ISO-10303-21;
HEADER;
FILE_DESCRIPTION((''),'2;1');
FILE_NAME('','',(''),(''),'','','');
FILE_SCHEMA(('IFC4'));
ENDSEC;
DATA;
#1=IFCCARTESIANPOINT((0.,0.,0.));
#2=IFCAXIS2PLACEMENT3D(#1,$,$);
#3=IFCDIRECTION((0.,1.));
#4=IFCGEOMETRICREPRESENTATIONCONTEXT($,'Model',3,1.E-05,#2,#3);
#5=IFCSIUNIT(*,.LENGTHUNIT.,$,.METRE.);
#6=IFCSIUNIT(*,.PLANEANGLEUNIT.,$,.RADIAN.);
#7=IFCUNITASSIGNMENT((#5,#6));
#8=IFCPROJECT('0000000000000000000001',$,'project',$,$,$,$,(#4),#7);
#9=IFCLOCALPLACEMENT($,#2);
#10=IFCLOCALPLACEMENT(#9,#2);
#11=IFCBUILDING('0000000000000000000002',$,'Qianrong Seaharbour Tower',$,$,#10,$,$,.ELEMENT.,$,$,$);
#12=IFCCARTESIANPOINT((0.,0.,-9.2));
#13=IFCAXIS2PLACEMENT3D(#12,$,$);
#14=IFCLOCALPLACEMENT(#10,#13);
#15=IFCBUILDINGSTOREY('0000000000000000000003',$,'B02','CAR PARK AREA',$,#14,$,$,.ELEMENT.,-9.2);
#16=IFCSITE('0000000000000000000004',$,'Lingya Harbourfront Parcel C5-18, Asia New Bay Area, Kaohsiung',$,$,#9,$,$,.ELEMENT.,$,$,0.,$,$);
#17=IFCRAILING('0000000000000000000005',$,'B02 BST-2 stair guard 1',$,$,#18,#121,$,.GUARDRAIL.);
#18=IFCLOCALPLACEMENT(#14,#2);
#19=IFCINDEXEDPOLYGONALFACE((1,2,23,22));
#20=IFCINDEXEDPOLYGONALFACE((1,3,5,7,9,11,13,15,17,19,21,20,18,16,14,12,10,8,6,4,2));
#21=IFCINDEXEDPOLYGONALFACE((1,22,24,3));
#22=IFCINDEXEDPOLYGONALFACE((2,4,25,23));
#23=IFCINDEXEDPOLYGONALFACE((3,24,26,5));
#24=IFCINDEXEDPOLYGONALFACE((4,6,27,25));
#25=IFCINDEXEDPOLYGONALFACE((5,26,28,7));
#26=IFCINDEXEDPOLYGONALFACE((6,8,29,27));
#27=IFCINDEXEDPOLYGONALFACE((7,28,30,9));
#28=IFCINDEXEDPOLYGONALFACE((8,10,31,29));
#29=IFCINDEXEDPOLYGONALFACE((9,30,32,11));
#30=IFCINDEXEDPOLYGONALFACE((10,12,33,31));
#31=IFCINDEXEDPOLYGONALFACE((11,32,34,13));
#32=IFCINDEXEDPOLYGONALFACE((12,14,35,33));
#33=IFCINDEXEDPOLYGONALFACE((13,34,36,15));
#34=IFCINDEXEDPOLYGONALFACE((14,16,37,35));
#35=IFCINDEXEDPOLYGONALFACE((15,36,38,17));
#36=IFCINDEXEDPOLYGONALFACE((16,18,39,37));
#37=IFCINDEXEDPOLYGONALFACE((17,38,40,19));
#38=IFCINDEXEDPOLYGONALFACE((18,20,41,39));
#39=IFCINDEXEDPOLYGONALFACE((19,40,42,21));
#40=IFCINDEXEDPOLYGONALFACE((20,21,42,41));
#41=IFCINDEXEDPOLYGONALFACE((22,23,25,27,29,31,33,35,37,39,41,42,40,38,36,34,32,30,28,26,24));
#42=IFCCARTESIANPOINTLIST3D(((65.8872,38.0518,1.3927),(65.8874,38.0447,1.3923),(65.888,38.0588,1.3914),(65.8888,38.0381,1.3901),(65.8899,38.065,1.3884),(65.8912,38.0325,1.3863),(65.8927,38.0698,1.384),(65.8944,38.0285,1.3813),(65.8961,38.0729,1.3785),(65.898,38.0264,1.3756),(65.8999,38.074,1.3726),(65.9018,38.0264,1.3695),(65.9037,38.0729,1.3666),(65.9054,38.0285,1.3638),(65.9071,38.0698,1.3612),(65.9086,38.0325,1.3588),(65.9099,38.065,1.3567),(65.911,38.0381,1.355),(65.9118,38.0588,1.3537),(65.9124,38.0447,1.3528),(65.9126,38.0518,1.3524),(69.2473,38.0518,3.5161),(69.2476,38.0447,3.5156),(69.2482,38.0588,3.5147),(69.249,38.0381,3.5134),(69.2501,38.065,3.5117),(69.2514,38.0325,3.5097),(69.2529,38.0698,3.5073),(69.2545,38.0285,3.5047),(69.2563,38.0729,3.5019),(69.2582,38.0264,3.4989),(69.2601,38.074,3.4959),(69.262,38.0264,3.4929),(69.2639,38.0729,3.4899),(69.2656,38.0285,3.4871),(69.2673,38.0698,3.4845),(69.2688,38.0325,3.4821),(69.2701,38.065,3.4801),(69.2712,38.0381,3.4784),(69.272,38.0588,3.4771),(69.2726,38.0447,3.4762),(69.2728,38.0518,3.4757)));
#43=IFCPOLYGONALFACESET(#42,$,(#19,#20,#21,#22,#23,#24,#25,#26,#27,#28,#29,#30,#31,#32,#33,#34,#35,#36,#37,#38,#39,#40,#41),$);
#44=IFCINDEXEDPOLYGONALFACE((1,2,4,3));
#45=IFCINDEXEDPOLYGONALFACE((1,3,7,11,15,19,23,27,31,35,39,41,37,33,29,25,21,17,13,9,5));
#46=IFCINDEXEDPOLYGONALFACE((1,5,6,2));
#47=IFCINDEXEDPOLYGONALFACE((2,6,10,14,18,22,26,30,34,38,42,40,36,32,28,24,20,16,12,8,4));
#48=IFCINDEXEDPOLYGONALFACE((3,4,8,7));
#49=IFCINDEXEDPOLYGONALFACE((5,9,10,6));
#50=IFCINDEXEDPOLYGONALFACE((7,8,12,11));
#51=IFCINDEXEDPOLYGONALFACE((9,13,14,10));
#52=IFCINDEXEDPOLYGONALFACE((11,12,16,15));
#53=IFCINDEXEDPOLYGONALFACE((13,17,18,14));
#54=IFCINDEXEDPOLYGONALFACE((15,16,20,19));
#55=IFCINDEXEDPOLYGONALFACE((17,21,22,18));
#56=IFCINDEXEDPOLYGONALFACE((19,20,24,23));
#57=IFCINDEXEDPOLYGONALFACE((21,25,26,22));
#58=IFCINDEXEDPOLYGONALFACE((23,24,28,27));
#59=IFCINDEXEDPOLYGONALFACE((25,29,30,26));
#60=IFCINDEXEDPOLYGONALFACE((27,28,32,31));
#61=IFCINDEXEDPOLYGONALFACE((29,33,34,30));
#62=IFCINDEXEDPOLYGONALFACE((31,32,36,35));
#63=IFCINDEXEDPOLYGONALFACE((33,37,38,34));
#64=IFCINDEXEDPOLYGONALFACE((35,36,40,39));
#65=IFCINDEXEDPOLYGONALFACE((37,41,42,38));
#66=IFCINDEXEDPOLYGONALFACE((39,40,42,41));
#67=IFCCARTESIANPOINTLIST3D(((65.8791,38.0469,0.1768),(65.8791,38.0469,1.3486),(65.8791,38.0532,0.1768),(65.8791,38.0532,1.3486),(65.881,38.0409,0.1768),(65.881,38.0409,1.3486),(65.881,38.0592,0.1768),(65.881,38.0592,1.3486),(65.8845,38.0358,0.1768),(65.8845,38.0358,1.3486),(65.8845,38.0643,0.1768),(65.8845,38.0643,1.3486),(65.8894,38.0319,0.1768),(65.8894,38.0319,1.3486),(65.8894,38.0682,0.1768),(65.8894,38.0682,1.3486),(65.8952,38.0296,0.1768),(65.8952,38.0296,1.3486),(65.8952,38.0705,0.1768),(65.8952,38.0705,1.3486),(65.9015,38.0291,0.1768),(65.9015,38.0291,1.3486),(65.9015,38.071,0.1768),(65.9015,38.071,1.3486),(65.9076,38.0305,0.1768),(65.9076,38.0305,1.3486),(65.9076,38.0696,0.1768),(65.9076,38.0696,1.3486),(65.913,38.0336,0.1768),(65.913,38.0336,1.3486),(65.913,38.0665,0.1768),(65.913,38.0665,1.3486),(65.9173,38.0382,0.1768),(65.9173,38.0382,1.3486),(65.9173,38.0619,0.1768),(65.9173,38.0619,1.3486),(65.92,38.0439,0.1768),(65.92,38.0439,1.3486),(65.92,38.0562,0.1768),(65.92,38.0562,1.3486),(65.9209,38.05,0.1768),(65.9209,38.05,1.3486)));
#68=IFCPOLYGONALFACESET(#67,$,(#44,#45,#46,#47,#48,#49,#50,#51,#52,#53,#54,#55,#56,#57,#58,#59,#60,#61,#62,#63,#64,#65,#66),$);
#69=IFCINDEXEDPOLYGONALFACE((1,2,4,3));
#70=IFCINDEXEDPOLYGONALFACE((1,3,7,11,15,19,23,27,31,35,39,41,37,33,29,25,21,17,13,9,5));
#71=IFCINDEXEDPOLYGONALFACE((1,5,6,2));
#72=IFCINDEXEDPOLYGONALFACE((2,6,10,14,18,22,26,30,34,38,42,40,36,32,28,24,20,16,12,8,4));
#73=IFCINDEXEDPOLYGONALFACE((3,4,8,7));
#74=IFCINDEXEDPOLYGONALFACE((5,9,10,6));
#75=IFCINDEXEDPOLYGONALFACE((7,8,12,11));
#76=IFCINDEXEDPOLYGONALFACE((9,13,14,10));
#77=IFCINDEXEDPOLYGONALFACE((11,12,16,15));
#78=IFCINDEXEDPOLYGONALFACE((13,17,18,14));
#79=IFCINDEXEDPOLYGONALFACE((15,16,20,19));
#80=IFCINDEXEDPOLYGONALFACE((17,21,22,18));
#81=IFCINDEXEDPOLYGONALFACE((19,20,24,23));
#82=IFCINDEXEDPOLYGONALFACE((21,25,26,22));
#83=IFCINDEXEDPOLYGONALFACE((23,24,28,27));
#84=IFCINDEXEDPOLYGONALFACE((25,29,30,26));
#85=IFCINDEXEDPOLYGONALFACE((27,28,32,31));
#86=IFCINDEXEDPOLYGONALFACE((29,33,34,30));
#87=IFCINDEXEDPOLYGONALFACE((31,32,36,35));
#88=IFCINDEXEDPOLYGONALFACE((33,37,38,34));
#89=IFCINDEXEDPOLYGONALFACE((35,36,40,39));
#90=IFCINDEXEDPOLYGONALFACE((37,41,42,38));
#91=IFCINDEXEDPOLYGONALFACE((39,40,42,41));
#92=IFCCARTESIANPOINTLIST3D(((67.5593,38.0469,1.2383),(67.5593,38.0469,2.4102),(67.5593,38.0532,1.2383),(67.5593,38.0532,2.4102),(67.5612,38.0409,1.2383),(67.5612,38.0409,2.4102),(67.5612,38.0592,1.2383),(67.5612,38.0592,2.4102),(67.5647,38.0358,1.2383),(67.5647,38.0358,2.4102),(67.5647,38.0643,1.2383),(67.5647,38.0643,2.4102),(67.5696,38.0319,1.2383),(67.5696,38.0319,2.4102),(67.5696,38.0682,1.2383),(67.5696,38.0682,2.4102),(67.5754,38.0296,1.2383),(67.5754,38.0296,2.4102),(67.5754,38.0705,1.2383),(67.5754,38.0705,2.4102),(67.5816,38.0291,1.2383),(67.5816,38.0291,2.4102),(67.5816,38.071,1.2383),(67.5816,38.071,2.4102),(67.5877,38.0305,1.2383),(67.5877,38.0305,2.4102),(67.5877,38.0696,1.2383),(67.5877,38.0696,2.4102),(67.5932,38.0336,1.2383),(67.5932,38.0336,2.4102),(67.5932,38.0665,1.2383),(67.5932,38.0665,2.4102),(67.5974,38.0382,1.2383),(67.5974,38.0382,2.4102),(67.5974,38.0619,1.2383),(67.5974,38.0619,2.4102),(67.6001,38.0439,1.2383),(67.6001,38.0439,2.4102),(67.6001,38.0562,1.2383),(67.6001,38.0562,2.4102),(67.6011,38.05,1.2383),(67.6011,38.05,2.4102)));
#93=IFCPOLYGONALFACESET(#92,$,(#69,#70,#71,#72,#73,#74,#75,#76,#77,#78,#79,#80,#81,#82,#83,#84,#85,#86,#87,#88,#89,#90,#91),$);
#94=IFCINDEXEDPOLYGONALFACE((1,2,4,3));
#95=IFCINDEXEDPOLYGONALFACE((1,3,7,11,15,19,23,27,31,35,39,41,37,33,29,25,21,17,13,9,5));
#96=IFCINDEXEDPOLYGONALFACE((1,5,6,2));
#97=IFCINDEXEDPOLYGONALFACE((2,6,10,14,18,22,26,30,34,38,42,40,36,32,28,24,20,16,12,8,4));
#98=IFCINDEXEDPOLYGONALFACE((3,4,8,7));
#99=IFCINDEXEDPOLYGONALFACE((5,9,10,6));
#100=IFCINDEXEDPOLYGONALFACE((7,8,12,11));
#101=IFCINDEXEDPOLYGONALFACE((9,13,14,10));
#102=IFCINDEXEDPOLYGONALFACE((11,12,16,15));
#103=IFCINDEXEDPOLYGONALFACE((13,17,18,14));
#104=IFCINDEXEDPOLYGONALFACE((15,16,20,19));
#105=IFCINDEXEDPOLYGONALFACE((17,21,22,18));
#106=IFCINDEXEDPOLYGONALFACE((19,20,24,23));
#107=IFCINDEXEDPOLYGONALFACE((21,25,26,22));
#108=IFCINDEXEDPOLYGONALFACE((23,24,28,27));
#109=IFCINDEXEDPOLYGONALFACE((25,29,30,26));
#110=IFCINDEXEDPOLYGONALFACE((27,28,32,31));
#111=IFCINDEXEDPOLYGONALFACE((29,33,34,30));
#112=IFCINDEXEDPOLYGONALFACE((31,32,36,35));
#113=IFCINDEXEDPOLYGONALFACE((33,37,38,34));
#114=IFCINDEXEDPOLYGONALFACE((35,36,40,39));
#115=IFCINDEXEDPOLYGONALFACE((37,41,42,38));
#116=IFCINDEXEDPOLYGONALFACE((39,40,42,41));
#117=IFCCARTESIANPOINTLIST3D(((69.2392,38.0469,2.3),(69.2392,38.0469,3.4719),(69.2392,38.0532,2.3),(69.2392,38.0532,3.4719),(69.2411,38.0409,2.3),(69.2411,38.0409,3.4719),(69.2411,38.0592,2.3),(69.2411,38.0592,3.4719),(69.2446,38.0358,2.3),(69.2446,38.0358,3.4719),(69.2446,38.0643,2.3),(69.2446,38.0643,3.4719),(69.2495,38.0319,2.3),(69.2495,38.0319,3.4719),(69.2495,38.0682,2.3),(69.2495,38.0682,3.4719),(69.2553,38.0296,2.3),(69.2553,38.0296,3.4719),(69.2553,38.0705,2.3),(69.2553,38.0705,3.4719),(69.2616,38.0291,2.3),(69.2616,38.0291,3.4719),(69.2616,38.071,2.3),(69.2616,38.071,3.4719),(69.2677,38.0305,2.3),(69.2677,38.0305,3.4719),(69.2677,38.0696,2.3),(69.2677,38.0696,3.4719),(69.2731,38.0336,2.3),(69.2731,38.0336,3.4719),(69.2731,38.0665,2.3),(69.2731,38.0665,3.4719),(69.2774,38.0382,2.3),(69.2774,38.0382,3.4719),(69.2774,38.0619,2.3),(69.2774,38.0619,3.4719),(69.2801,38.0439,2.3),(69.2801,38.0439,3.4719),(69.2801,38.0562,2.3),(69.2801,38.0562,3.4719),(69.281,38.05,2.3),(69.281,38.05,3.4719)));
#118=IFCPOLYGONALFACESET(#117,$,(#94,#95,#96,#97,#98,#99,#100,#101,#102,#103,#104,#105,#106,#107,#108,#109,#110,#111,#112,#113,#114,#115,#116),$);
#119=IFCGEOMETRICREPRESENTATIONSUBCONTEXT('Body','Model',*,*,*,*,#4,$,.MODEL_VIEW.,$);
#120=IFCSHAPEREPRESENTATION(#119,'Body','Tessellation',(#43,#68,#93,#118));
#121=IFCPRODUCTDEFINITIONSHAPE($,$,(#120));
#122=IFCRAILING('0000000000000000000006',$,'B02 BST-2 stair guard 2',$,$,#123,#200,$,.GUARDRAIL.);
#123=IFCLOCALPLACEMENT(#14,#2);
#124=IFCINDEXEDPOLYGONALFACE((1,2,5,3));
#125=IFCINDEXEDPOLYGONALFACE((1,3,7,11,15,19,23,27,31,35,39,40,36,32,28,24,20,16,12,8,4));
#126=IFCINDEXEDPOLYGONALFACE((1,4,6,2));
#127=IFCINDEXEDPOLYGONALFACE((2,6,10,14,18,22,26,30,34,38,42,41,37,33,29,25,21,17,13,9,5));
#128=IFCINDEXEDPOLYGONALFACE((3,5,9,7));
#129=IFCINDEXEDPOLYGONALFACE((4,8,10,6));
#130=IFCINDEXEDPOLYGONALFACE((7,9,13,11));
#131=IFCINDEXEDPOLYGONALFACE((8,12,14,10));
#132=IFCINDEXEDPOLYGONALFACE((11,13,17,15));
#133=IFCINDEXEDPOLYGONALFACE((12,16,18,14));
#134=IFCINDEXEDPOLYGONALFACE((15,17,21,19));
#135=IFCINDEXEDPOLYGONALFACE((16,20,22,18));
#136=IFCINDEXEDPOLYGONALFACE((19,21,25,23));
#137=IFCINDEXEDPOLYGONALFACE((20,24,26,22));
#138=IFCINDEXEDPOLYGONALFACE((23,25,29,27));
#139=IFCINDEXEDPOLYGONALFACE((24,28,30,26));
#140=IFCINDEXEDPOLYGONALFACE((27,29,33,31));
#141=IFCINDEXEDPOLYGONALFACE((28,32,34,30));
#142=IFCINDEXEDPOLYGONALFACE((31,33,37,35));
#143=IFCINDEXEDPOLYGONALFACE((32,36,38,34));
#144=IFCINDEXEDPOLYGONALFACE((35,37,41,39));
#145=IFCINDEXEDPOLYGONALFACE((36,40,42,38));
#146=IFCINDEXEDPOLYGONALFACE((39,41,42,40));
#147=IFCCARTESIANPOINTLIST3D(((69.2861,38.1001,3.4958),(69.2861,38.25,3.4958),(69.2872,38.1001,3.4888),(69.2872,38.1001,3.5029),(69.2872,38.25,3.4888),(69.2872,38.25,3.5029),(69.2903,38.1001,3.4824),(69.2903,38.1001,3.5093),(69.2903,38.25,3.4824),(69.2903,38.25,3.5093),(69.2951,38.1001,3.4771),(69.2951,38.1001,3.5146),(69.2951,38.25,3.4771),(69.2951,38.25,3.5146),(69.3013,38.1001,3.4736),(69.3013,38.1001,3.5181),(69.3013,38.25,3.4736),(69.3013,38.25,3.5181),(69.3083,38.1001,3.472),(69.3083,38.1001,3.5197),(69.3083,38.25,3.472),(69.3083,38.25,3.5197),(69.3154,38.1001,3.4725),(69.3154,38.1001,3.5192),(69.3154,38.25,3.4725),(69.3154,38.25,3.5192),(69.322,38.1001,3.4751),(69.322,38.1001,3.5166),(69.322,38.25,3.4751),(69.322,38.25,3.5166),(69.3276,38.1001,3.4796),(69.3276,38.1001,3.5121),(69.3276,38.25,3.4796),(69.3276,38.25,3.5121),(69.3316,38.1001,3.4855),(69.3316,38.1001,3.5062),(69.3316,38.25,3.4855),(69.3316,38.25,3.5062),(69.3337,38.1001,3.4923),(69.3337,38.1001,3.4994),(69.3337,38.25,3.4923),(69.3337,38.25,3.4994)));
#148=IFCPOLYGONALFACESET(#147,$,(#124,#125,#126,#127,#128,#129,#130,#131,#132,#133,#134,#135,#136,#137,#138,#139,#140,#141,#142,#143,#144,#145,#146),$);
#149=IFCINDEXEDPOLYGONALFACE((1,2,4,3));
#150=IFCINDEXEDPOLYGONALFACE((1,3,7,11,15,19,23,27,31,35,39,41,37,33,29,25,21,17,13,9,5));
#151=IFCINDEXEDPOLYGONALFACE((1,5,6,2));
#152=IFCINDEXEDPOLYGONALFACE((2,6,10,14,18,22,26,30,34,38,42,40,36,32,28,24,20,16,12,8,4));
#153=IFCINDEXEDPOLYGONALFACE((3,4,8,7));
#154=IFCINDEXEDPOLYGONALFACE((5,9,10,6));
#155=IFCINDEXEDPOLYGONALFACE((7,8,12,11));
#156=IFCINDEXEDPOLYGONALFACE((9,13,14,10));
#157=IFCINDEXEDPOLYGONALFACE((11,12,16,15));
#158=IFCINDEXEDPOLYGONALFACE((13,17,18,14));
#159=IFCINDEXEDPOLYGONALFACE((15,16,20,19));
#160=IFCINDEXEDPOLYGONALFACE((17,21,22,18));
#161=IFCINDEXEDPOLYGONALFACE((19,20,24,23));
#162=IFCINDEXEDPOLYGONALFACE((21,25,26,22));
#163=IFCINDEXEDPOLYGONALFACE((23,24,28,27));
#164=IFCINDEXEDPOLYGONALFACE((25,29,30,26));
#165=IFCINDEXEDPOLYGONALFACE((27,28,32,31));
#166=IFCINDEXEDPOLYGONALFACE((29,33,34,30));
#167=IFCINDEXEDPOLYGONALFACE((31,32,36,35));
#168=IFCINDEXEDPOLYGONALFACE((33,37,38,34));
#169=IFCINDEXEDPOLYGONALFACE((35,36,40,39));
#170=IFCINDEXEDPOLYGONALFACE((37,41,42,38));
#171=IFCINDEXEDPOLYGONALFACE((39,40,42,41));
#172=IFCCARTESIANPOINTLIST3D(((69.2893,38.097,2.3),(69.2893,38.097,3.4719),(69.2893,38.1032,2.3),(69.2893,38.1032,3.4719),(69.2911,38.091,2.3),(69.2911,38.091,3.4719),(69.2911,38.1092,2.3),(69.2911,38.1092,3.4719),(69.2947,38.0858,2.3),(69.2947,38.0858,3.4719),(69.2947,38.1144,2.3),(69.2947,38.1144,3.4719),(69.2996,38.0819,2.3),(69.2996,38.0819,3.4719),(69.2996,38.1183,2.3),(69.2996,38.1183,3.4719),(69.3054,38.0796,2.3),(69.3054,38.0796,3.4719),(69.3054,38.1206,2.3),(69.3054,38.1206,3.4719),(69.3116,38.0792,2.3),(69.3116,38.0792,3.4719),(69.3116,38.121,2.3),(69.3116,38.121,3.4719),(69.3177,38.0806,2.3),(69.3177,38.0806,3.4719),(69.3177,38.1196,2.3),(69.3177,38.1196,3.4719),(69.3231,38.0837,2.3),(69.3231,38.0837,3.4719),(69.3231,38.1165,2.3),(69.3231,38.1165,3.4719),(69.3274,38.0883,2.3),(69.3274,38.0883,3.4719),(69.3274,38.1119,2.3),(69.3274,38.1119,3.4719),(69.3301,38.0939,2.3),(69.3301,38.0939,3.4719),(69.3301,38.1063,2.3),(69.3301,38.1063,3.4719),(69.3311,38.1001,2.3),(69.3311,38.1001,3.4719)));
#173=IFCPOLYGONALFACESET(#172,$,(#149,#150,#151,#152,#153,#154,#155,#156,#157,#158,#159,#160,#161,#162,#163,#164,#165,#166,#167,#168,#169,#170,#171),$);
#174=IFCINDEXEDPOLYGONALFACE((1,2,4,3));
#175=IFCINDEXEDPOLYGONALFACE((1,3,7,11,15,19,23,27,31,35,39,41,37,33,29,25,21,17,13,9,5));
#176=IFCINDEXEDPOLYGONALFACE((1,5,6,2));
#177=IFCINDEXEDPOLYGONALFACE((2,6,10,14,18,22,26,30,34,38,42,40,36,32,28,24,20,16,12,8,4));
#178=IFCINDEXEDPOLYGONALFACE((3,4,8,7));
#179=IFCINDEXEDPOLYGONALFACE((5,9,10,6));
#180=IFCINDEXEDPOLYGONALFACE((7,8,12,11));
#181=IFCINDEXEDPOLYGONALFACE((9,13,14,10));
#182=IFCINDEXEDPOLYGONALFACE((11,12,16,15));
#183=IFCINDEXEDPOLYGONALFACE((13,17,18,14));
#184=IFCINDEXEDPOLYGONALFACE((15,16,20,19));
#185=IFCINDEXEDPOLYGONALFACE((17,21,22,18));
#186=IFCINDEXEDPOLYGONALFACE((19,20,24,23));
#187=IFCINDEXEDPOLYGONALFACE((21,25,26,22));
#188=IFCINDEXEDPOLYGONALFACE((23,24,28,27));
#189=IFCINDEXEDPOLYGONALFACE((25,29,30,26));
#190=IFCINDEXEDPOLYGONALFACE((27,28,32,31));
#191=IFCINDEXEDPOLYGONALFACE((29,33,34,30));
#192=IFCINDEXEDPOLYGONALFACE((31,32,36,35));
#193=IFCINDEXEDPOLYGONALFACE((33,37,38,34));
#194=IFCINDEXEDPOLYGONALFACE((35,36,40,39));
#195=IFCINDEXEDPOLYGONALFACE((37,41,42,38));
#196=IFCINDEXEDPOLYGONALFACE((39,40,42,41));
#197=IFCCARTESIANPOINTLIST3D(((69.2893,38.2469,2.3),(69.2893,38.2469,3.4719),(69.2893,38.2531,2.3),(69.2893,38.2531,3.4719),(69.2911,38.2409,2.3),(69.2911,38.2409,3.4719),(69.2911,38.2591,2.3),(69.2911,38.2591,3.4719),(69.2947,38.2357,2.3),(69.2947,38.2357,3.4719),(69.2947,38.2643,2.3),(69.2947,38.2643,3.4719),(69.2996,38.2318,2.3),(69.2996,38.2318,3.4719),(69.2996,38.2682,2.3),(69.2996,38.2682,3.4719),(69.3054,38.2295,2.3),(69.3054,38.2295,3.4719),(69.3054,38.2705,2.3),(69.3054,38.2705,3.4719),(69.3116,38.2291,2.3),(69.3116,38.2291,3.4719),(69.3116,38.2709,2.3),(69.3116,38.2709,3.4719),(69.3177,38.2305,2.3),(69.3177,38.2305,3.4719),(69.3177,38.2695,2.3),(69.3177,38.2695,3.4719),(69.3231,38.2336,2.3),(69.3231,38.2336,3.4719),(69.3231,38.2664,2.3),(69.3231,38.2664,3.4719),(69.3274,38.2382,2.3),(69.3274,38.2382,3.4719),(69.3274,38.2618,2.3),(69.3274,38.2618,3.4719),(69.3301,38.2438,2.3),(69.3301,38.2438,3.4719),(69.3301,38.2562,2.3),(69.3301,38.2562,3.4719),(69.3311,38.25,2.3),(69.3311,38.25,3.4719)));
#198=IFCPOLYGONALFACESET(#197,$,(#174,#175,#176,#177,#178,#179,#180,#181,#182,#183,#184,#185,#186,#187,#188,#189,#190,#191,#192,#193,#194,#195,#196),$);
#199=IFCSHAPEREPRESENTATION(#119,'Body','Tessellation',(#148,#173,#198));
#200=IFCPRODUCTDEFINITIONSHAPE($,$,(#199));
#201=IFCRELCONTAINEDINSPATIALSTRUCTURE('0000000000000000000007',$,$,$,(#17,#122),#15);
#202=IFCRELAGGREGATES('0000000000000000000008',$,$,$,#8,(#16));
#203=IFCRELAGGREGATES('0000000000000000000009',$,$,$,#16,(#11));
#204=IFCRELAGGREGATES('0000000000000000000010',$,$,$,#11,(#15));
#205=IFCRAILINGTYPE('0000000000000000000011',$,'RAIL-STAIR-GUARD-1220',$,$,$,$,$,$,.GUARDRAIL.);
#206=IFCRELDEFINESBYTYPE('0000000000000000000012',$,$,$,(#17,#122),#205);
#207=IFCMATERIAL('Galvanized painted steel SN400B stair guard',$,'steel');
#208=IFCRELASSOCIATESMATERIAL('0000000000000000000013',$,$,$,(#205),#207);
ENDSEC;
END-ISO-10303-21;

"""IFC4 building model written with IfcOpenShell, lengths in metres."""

from ifc_helpers import new_model, si_unit, direction, frame, origin, origin_2d, place, context, subcontext, project, spatial, circle, extrude, material, type_object, element, save


model = new_model("IFC4")

# Units and contexts
model_context = context("Model", 3, precision=1e-05, world=origin(), true_north=direction((0.0, 1.0)))
body_context = subcontext(model_context, "Body", "Model", "MODEL_VIEW")
ifc_project = project(units=[si_unit("LENGTHUNIT", "METRE"), si_unit("PLANEANGLEUNIT", "RADIAN")], contexts=[model_context])

# Site, building, storey
site_placement = place(None, origin())
site = spatial("IfcSite", under=ifc_project, at=site_placement, Name="Lingya Harbourfront Parcel C5-18, Asia New Bay Area, Kaohsiung", CompositionType="ELEMENT", RefElevation=0.0)
building_placement = place(site_placement, origin())
building = spatial("IfcBuilding", under=site, at=building_placement, Name="Qianrong Seaharbour Tower", CompositionType="ELEMENT")
storey_placement = place(building_placement, frame((0.0, 0.0, -9.2)))
storey = spatial("IfcBuildingStorey", under=building, at=storey_placement, Name="B02", Description="CAR PARK AREA", CompositionType="ELEMENT", Elevation=-9.2)

# Railings
ifc_material_1 = material(Name="Galvanized painted steel SN400B stair guard", Category="steel")
railing_type_1 = type_object("IfcRailingType", Name="RAIL-STAIR-GUARD-1220", PredefinedType="GUARDRAIL", material=ifc_material_1)
railing_1_placement = place(storey_placement, frame((65.8999, 38.05, 0.1768)))
element("IfcRailing", 1, at=railing_1_placement, inside=storey, type_object=railing_type_1, Name="B02 BST-2 stair guard 1", PredefinedType="GUARDRAIL", context=body_context, shape_type="SweptSolid", body=[
    extrude(circle(Radius=0.0239, at=origin_2d()), frame((0.0, 0.0, 1.1958), z_axis=(0.845362, 0.0, 0.534194), x_axis=(0.0, 1.0, 0.0)), (0.0, 0.0, 1.0), 3.9749),
    extrude(circle(Radius=0.021, at=origin_2d()), origin(), (0.0, 0.0, 1.0), 1.1719),
    extrude(circle(Radius=0.021, at=origin_2d()), frame((1.6802, 0.0, 1.0615)), (0.0, 0.0, 1.0), 1.1719),
    extrude(circle(Radius=0.021, at=origin_2d()), frame((3.3601, 0.0, 2.1233)), (0.0, 0.0, 1.0), 1.1719),
])
railing_2_placement = place(storey_placement, frame((69.3101, 38.1001, 2.3)))
element("IfcRailing", 2, at=railing_2_placement, inside=storey, type_object=railing_type_1, Name="B02 BST-2 stair guard 2", PredefinedType="GUARDRAIL", context=body_context, shape_type="SweptSolid", body=[
    extrude(circle(Radius=0.0239, at=origin_2d()), frame((0.0, 0.0, 1.1958), z_axis=(0.0, 1.0, 0.0), x_axis=(-1.0, 0.0, 0.0)), (0.0, 0.0, 1.0), 0.1499),
    extrude(circle(Radius=0.021, at=origin_2d()), origin(), (0.0, 0.0, 1.0), 1.1719),
    extrude(circle(Radius=0.021, at=origin_2d()), frame((0.0, 0.1499, 0.0)), (0.0, 0.0, 1.0), 1.1719),
])

save(model, "model.ifc")
